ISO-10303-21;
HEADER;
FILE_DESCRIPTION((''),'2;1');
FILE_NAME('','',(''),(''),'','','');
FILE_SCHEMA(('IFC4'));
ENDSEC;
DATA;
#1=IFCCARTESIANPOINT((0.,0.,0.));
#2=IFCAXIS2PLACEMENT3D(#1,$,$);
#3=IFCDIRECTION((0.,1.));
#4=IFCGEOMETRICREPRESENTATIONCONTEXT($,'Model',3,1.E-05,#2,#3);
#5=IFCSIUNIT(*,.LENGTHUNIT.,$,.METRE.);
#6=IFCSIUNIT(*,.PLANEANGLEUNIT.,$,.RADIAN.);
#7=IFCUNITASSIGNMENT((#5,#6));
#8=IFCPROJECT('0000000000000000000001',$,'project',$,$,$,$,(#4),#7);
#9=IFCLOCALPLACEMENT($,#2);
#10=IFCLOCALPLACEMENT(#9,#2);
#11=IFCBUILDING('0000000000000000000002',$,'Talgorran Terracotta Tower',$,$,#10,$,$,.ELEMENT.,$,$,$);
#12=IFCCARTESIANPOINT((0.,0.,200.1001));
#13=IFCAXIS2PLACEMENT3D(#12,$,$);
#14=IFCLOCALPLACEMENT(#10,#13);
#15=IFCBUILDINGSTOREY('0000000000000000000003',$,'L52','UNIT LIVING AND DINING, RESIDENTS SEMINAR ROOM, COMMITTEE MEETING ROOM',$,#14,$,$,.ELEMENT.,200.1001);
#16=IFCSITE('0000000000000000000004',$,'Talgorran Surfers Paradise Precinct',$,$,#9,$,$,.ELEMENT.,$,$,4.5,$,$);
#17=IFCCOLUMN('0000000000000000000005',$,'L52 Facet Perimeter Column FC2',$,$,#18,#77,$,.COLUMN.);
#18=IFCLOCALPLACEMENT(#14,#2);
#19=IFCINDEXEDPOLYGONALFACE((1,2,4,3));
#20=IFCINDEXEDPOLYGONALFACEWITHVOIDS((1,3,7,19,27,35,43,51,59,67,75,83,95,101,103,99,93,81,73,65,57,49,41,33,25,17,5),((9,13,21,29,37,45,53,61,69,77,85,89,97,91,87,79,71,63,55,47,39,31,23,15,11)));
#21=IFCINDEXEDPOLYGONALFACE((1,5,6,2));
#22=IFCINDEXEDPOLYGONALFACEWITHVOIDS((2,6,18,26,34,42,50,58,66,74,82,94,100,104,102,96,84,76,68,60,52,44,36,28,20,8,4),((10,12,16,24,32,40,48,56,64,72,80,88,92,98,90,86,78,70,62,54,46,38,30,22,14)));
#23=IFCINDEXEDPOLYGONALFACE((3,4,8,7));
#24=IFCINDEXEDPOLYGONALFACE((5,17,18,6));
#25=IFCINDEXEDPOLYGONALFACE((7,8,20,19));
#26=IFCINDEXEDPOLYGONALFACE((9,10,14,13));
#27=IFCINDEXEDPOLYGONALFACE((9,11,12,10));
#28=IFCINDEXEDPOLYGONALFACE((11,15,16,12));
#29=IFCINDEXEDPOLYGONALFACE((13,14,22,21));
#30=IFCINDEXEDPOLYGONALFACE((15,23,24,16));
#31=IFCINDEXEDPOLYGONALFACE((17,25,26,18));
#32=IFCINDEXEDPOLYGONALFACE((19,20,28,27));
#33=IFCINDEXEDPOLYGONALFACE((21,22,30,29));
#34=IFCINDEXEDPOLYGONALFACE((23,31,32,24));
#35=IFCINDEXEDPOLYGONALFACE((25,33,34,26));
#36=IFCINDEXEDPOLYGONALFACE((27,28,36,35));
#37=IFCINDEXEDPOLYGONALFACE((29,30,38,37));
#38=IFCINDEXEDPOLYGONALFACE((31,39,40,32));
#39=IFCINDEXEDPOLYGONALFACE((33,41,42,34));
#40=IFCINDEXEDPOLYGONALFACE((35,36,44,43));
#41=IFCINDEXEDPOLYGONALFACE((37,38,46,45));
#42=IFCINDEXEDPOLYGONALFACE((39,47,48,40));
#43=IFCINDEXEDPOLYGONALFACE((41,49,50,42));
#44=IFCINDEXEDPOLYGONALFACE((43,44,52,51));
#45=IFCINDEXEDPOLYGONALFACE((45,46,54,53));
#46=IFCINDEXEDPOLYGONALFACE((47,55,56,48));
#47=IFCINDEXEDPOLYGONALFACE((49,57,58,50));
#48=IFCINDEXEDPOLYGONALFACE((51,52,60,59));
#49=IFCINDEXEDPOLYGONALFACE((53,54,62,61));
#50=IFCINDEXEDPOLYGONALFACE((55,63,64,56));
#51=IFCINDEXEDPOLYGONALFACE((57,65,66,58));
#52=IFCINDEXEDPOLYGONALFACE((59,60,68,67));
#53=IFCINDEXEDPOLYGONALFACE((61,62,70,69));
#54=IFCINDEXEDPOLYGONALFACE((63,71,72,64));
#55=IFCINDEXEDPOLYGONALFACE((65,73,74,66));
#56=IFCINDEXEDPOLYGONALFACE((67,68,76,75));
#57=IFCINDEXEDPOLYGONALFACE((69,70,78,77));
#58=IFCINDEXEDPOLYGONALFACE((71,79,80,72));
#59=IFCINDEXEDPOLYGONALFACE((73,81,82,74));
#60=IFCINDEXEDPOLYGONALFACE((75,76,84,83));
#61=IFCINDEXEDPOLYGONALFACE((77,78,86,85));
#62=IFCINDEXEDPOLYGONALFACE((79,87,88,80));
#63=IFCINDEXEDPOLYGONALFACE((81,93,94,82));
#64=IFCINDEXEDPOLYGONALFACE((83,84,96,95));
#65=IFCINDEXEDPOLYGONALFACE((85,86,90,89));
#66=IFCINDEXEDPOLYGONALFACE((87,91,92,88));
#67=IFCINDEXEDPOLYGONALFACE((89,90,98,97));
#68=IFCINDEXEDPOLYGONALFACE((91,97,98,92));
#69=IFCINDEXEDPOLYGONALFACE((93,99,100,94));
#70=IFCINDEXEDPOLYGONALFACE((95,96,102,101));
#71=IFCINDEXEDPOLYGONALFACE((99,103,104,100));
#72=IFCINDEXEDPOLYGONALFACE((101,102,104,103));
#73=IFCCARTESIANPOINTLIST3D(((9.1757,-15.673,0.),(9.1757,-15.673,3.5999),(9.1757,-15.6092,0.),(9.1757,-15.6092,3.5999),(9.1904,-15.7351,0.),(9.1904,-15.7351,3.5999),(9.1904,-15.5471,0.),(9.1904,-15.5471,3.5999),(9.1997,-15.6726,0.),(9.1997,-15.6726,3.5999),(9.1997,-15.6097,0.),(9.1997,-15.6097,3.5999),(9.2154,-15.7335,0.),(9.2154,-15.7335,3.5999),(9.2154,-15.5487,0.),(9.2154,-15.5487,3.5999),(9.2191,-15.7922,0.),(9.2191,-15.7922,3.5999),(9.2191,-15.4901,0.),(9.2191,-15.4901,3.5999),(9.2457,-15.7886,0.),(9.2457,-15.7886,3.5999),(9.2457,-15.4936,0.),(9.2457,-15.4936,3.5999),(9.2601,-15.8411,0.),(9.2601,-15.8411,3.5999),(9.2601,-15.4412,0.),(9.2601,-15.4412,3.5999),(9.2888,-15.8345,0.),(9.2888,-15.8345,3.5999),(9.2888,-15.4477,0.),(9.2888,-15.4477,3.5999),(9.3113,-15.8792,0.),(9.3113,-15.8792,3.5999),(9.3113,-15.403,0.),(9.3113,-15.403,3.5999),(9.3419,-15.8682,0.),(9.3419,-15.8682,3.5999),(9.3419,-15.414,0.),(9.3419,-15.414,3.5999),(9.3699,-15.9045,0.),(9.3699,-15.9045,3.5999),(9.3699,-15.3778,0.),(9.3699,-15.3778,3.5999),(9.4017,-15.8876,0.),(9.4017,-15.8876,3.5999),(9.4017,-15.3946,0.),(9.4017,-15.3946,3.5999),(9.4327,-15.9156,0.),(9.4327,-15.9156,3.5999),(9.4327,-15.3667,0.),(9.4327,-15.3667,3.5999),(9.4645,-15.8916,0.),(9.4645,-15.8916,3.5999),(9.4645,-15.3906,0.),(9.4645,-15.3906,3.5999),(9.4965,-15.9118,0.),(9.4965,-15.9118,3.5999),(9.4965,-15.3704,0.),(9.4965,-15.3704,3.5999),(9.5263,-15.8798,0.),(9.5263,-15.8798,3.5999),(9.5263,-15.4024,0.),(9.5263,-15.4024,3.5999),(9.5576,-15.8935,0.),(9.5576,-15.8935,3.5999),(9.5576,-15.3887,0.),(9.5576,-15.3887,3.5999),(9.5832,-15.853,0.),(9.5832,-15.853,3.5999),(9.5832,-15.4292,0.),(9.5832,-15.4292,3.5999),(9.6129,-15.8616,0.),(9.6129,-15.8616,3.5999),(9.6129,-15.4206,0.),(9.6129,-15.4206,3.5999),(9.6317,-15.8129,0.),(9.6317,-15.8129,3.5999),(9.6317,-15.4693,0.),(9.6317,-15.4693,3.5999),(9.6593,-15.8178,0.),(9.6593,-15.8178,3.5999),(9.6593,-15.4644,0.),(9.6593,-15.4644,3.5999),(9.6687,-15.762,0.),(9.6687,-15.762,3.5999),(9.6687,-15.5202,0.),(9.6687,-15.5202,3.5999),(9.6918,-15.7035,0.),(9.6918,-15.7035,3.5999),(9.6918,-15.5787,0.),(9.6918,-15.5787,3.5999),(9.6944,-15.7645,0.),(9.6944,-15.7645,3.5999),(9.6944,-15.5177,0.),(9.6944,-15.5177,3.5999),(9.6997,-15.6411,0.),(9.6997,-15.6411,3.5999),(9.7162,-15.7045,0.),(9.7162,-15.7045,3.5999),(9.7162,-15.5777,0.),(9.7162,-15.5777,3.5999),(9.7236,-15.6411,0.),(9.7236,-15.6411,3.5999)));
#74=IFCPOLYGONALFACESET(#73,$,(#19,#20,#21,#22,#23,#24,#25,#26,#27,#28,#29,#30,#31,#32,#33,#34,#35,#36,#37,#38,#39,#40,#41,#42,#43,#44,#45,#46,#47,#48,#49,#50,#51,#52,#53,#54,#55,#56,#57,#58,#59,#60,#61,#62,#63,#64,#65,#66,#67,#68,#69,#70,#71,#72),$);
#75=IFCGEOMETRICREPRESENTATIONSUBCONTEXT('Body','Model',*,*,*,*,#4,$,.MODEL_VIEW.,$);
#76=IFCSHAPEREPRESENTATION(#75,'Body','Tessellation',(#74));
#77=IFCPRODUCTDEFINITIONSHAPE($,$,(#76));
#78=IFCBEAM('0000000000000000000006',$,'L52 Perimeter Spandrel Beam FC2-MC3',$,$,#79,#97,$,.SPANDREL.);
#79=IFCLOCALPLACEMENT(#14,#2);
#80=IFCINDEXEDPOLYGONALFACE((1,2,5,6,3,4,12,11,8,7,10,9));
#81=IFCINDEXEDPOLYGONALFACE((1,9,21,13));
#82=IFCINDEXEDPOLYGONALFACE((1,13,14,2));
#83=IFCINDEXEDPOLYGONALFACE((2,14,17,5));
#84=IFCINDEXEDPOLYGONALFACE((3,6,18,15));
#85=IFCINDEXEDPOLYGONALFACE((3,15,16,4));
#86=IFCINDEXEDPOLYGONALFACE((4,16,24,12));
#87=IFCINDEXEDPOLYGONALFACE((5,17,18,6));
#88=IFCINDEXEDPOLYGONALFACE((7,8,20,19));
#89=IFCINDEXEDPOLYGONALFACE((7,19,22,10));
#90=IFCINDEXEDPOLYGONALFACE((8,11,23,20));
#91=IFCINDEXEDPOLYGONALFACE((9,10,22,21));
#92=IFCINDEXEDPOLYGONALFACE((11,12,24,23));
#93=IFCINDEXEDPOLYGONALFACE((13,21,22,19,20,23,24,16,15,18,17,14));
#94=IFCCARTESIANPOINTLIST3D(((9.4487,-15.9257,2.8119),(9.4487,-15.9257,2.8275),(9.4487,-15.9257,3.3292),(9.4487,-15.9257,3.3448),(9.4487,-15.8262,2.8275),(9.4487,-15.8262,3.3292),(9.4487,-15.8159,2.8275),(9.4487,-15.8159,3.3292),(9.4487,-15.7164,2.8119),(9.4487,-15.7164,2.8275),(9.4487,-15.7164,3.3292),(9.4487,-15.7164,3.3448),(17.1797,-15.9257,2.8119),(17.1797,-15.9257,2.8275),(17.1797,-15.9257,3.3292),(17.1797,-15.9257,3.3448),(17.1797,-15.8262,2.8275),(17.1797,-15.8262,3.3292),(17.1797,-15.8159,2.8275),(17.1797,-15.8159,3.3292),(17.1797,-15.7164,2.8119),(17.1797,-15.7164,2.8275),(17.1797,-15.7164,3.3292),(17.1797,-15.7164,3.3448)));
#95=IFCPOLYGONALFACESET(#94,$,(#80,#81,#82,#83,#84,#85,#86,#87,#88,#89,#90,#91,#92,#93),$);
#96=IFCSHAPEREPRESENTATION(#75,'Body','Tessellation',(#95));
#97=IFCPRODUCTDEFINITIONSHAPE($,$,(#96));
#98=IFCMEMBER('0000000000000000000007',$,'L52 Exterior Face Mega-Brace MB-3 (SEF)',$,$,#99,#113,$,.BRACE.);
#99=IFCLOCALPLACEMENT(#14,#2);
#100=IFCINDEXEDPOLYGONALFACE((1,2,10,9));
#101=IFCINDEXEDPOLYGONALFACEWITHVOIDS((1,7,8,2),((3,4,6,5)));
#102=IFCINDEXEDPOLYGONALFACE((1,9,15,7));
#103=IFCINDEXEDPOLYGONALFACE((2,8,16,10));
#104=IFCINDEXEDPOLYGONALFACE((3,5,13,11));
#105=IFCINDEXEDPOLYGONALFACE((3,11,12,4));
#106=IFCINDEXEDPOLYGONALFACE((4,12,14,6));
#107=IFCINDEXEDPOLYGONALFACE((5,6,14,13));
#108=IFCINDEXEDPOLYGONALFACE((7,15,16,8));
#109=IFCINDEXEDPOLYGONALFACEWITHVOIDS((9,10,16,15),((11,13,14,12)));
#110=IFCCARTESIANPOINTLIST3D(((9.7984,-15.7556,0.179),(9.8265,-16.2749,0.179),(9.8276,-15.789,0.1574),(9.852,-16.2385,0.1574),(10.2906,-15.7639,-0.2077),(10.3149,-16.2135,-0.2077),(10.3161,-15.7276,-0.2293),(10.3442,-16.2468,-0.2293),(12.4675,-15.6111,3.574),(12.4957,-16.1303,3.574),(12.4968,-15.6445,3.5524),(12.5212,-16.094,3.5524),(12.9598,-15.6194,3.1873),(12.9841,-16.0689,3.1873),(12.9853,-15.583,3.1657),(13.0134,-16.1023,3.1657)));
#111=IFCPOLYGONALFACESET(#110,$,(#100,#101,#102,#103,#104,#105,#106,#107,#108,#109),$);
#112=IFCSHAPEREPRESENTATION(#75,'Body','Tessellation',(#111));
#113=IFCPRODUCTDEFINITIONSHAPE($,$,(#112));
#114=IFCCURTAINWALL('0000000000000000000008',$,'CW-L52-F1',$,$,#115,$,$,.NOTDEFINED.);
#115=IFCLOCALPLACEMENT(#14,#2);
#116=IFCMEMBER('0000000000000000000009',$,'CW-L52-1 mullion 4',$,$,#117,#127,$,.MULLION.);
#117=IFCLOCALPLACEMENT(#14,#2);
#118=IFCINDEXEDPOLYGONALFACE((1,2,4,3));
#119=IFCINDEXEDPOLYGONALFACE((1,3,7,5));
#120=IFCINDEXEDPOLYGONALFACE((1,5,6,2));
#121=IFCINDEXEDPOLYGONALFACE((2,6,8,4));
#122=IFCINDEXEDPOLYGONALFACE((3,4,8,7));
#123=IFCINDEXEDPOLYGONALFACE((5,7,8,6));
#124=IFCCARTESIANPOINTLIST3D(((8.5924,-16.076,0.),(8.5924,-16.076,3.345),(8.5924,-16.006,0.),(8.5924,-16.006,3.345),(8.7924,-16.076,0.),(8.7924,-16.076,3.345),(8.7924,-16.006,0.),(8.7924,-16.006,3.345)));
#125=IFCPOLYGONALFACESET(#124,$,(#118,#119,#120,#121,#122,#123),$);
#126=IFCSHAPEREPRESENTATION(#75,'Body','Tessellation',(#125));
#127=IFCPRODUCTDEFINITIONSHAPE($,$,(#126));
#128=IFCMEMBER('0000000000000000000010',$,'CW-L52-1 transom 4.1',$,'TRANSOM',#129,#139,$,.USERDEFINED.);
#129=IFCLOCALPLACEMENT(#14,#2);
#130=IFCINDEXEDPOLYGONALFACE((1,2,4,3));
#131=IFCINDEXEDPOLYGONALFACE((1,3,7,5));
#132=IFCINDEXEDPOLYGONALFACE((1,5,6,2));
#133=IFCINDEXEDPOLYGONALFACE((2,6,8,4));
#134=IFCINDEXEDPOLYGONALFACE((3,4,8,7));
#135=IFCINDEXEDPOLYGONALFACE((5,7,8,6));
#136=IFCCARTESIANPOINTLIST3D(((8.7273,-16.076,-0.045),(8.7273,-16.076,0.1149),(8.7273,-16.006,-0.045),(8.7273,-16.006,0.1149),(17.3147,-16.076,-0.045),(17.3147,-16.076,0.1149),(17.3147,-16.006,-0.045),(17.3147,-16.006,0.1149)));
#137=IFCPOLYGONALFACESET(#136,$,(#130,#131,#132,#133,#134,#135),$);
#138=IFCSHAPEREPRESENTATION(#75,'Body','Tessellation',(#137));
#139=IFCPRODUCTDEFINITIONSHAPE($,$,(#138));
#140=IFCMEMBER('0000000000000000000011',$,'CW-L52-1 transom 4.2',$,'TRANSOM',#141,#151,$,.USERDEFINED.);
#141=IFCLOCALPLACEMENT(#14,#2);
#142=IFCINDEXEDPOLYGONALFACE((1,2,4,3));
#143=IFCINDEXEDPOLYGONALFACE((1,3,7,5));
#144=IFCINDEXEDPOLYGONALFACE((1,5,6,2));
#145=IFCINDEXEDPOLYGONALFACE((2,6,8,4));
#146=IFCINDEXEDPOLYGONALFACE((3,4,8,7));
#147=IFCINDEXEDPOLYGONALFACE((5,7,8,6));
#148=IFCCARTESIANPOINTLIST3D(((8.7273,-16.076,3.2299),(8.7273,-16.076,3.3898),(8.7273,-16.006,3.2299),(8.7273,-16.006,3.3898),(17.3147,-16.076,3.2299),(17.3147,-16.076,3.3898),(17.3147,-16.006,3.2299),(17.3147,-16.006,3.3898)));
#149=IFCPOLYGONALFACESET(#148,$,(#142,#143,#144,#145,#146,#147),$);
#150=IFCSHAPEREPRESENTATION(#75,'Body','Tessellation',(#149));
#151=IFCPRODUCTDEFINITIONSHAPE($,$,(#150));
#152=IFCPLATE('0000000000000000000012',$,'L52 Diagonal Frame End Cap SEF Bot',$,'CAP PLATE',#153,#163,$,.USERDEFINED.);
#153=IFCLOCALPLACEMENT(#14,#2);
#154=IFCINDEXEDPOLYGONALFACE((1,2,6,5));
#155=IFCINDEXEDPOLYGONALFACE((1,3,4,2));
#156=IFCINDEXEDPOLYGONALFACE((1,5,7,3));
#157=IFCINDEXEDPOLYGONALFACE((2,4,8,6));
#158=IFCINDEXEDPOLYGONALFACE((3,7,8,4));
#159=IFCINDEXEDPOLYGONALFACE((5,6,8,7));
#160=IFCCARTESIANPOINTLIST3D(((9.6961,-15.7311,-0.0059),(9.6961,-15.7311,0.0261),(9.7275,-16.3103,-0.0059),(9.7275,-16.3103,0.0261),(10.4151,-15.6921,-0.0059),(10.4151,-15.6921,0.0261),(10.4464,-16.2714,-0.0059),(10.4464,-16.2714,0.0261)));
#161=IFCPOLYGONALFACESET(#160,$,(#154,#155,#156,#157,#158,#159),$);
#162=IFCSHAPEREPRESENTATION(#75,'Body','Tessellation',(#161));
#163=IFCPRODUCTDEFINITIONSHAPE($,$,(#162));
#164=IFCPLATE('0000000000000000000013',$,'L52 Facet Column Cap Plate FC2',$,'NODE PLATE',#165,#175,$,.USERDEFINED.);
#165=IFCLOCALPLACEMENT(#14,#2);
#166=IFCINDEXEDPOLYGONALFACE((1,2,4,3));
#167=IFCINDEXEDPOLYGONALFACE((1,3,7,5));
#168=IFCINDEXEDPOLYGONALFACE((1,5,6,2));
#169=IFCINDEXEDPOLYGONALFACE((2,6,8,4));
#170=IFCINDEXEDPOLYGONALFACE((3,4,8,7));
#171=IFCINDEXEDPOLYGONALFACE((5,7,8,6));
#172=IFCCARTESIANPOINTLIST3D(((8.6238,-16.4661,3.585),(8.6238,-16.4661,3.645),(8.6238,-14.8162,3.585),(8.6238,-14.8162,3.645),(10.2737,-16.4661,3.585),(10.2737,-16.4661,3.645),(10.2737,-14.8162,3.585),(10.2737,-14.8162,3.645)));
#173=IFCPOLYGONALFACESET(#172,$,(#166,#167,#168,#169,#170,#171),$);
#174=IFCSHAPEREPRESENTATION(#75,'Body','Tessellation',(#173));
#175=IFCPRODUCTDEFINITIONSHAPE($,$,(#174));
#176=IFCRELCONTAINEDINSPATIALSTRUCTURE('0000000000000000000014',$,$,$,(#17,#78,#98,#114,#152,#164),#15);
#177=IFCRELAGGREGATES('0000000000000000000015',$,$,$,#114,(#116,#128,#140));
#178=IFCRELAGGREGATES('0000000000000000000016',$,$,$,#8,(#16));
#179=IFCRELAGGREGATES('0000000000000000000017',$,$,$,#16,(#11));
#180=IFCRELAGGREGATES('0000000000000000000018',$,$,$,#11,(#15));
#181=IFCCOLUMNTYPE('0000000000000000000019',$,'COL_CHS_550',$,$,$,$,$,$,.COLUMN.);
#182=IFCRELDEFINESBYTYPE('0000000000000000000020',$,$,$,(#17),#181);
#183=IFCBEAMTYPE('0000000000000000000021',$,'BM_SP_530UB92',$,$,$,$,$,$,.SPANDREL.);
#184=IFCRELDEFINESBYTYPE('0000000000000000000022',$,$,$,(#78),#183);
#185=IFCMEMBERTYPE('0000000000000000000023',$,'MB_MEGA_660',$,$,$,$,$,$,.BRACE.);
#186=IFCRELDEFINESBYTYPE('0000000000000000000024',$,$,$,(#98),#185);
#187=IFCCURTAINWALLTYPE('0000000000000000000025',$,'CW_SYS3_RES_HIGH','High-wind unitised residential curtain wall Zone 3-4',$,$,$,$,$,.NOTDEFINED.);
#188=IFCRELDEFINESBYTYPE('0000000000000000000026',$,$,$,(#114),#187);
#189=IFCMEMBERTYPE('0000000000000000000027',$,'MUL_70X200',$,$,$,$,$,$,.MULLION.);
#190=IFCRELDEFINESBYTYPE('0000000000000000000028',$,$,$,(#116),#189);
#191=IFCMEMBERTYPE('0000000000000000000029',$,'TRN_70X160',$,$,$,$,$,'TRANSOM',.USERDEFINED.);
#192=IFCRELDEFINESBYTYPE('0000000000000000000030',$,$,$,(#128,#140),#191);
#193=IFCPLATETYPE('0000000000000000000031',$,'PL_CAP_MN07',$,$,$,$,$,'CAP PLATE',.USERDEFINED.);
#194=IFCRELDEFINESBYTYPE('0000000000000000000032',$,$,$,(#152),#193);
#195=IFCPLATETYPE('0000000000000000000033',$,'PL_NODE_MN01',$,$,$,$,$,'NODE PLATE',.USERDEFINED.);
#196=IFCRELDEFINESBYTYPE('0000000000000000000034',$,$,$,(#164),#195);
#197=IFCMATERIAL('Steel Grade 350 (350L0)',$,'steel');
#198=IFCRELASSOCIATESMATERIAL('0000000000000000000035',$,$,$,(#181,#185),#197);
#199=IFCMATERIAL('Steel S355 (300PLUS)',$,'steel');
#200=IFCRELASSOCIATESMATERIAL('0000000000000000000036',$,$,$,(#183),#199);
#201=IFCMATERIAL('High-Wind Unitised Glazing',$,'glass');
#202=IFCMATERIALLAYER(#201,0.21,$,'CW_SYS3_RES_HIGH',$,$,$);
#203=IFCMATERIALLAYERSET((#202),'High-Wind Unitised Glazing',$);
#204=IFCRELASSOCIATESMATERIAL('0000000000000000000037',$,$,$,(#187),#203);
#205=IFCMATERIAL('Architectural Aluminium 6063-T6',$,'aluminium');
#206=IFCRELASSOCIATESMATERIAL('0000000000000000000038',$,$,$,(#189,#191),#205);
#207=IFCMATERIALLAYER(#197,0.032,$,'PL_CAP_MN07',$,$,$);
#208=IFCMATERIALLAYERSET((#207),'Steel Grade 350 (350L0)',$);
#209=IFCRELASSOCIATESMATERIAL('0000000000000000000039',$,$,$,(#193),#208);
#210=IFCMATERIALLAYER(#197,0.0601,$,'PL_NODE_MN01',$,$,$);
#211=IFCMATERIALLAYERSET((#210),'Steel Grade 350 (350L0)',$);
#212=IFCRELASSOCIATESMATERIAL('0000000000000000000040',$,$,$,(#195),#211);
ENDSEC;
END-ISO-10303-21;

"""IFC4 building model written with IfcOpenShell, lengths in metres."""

from ifc_helpers import new_model, si_unit, direction, frame, origin, origin_2d, place, context, subcontext, project, spatial, rectangle, hollow_rectangle, hollow_circle, i_section, extrude, material, layer, layer_set, material_profile, profile_set, type_object, element, aggregate, save


model = new_model("IFC4")

# Units and contexts
model_context = context("Model", 3, precision=1e-05, world=origin(), true_north=direction((0.0, 1.0)))
body_context = subcontext(model_context, "Body", "Model", "MODEL_VIEW")
ifc_project = project(units=[si_unit("LENGTHUNIT", "METRE"), si_unit("PLANEANGLEUNIT", "RADIAN")], contexts=[model_context])

# Site, building, storey
site_placement = place(None, origin())
site = spatial("IfcSite", under=ifc_project, at=site_placement, Name="Talgorran Surfers Paradise Precinct", CompositionType="ELEMENT", RefElevation=4.5)
building_placement = place(site_placement, origin())
building = spatial("IfcBuilding", under=site, at=building_placement, Name="Talgorran Terracotta Tower", CompositionType="ELEMENT")
storey_placement = place(building_placement, frame((0.0, 0.0, 200.1001)))
storey = spatial("IfcBuildingStorey", under=building, at=storey_placement, Name="L52", Description="UNIT LIVING AND DINING, RESIDENTS SEMINAR ROOM, COMMITTEE MEETING ROOM", CompositionType="ELEMENT", Elevation=200.1001)

# Column
ifc_material_1 = material(Name="Steel Grade 350 (350L0)", Category="steel")
ifc_material_profile_1 = material_profile(ifc_material_1, hollow_circle(Radius=0.2749, WallThickness=0.0239, at=origin_2d()), Name="CHS550X24")
ifc_profile_set_1 = profile_set([ifc_material_profile_1], Name="Steel Grade 350 (350L0)")
column_type = type_object("IfcColumnType", Name="COL_CHS_550", PredefinedType="COLUMN", material=ifc_profile_set_1)
column_placement = place(storey_placement, frame((9.4487, -15.6411, 0.0), z_axis=(0.0, 0.0, 1.0), x_axis=(1.0, 0.0, 0.0)))
element("IfcColumn", 1, at=column_placement, inside=storey, type_object=column_type, Name="L52 Facet Perimeter Column FC2", PredefinedType="COLUMN", context=body_context, shape_type="SweptSolid", body=[
    extrude(hollow_circle(Radius=0.2749, WallThickness=0.0239, at=origin_2d()), origin(), (0.0, 0.0, 1.0), 3.5999),
])

# Beam
ifc_material_2 = material(Name="Steel S355 (300PLUS)", Category="steel")
ifc_material_profile_2 = material_profile(ifc_material_2, i_section(OverallWidth=0.2092, OverallDepth=0.533, WebThickness=0.0103, FlangeThickness=0.0156, at=origin_2d()), Name="530UB92.4")
ifc_profile_set_2 = profile_set([ifc_material_profile_2], Name="Steel S355 (300PLUS)")
beam_type = type_object("IfcBeamType", Name="BM_SP_530UB92", PredefinedType="SPANDREL", material=ifc_profile_set_2)
beam_placement = place(storey_placement, frame((9.4487, -15.821, 3.0784), z_axis=(1.0, 0.0, 0.0), x_axis=(0.0, 1.0, 0.0)))
element("IfcBeam", 2, at=beam_placement, inside=storey, type_object=beam_type, Name="L52 Perimeter Spandrel Beam FC2-MC3", PredefinedType="SPANDREL", context=body_context, shape_type="SweptSolid", body=[
    extrude(i_section(OverallWidth=0.2092, OverallDepth=0.533, WebThickness=0.0103, FlangeThickness=0.0156, at=origin_2d()), origin(), (0.0, 0.0, 1.0), 7.731),
])

# Member
ifc_material_profile_3 = material_profile(ifc_material_1, hollow_rectangle(XDim=0.52, YDim=0.6599, WallThickness=0.0349, at=origin_2d()), Name="WBOX660X520X35")
ifc_profile_set_3 = profile_set([ifc_material_profile_3], Name="Steel Grade 350 (350L0)")
member_type_1 = type_object("IfcMemberType", Name="MB_MEGA_660", PredefinedType="BRACE", material=ifc_profile_set_3)
member_1_placement = place(storey_placement, frame((10.0713, -16.0012, -0.0251), z_axis=(0.617715, 0.033448, 0.78569), x_axis=(-0.054069, 0.998537, 0.0)))
element("IfcMember", 3, at=member_1_placement, inside=storey, type_object=member_type_1, Name="L52 Exterior Face Mega-Brace MB-3 (SEF)", PredefinedType="BRACE", context=body_context, shape_type="SweptSolid", body=[
    extrude(hollow_rectangle(XDim=0.52, YDim=0.6599, WallThickness=0.0349, at=origin_2d()), origin(), (0.0, 0.0, 1.0), 4.321),
])

# Curtain wall, members
ifc_material_3 = material(Name="High-Wind Unitised Glazing", Category="glass")
ifc_layer_1 = layer(ifc_material_3, 0.21, Name="CW_SYS3_RES_HIGH")
ifc_layer_set_1 = layer_set([ifc_layer_1], Name="High-Wind Unitised Glazing")
curtain_wall_type = type_object("IfcCurtainWallType", Name="CW_SYS3_RES_HIGH", Description="High-wind unitised residential curtain wall Zone 3-4", PredefinedType="NOTDEFINED", material=ifc_layer_set_1)
curtain_wall_placement = place(storey_placement, origin())
curtain_wall = element("IfcCurtainWall", 4, at=curtain_wall_placement, inside=storey, type_object=curtain_wall_type, Name="CW-L52-F1", PredefinedType="NOTDEFINED")
ifc_material_4 = material(Name="Architectural Aluminium 6063-T6", Category="aluminium")
ifc_material_profile_4 = material_profile(ifc_material_4, rectangle(XDim=0.0701, YDim=0.2, at=origin_2d()), Name="CWM70X200")
ifc_profile_set_4 = profile_set([ifc_material_profile_4], Name="Architectural Aluminium 6063-T6")
member_type_2 = type_object("IfcMemberType", Name="MUL_70X200", PredefinedType="MULLION", material=ifc_profile_set_4)
member_2_placement = place(storey_placement, frame((8.6924, -16.041, 0.0), z_axis=(0.0, 0.0, 1.0), x_axis=(0.0, 1.0, 0.0)))
member_2 = element("IfcMember", 5, at=member_2_placement, type_object=member_type_2, Name="CW-L52-1 mullion 4", PredefinedType="MULLION", context=body_context, shape_type="SweptSolid", body=[
    extrude(rectangle(XDim=0.0701, YDim=0.2, at=origin_2d()), origin(), (0.0, 0.0, 1.0), 3.345),
])
ifc_material_profile_5 = material_profile(ifc_material_4, rectangle(XDim=0.0701, YDim=0.1599, at=origin_2d()), Name="CWT70X160")
ifc_profile_set_5 = profile_set([ifc_material_profile_5], Name="Architectural Aluminium 6063-T6")
member_type_3 = type_object("IfcMemberType", Name="TRN_70X160", ElementType="TRANSOM", PredefinedType="USERDEFINED", material=ifc_profile_set_5)
member_3_placement = place(storey_placement, frame((8.7273, -16.041, 0.0349), z_axis=(1.0, 0.0, 0.0), x_axis=(0.0, 1.0, 0.0)))
member_3 = element("IfcMember", 6, at=member_3_placement, type_object=member_type_3, Name="CW-L52-1 transom 4.1", ObjectType="TRANSOM", PredefinedType="USERDEFINED", context=body_context, shape_type="SweptSolid", body=[
    extrude(rectangle(XDim=0.0701, YDim=0.1599, at=origin_2d()), origin(), (0.0, 0.0, 1.0), 8.5874),
])
member_4_placement = place(storey_placement, frame((8.7273, -16.041, 3.3098), z_axis=(1.0, 0.0, 0.0), x_axis=(0.0, 1.0, 0.0)))
member_4 = element("IfcMember", 7, at=member_4_placement, type_object=member_type_3, Name="CW-L52-1 transom 4.2", ObjectType="TRANSOM", PredefinedType="USERDEFINED", context=body_context, shape_type="SweptSolid", body=[
    extrude(rectangle(XDim=0.0701, YDim=0.1599, at=origin_2d()), origin(), (0.0, 0.0, 1.0), 8.5874),
])
aggregate(curtain_wall, [member_2, member_3, member_4])

# Plates
ifc_layer_2 = layer(ifc_material_1, 0.032, Name="PL_CAP_MN07")
ifc_layer_set_2 = layer_set([ifc_layer_2], Name="Steel Grade 350 (350L0)")
plate_type_1 = type_object("IfcPlateType", Name="PL_CAP_MN07", ElementType="CAP PLATE", PredefinedType="USERDEFINED", material=ifc_layer_set_2)
plate_1_placement = place(storey_placement, frame((10.0713, -16.0012, -0.0059), z_axis=(0.0, 0.0, 1.0), x_axis=(0.998537, 0.054079, 0.0)))
element("IfcPlate", 8, at=plate_1_placement, inside=storey, type_object=plate_type_1, Name="L52 Diagonal Frame End Cap SEF Bot", ObjectType="CAP PLATE", PredefinedType="USERDEFINED", context=body_context, shape_type="SweptSolid", body=[
    extrude(rectangle(XDim=0.72, YDim=0.5801, at=origin_2d()), origin(), (0.0, 0.0, 1.0), 0.032),
])
ifc_layer_3 = layer(ifc_material_1, 0.0601, Name="PL_NODE_MN01")
ifc_layer_set_3 = layer_set([ifc_layer_3], Name="Steel Grade 350 (350L0)")
plate_type_2 = type_object("IfcPlateType", Name="PL_NODE_MN01", ElementType="NODE PLATE", PredefinedType="USERDEFINED", material=ifc_layer_set_3)
plate_2_placement = place(storey_placement, frame((9.4487, -15.6411, 3.585), z_axis=(0.0, 0.0, 1.0), x_axis=(1.0, 0.0, 0.0)))
element("IfcPlate", 9, at=plate_2_placement, inside=storey, type_object=plate_type_2, Name="L52 Facet Column Cap Plate FC2", ObjectType="NODE PLATE", PredefinedType="USERDEFINED", context=body_context, shape_type="SweptSolid", body=[
    extrude(rectangle(XDim=1.6499, YDim=1.6499, at=origin_2d()), origin(), (0.0, 0.0, 1.0), 0.0601),
])

save(model, "model.ifc")
